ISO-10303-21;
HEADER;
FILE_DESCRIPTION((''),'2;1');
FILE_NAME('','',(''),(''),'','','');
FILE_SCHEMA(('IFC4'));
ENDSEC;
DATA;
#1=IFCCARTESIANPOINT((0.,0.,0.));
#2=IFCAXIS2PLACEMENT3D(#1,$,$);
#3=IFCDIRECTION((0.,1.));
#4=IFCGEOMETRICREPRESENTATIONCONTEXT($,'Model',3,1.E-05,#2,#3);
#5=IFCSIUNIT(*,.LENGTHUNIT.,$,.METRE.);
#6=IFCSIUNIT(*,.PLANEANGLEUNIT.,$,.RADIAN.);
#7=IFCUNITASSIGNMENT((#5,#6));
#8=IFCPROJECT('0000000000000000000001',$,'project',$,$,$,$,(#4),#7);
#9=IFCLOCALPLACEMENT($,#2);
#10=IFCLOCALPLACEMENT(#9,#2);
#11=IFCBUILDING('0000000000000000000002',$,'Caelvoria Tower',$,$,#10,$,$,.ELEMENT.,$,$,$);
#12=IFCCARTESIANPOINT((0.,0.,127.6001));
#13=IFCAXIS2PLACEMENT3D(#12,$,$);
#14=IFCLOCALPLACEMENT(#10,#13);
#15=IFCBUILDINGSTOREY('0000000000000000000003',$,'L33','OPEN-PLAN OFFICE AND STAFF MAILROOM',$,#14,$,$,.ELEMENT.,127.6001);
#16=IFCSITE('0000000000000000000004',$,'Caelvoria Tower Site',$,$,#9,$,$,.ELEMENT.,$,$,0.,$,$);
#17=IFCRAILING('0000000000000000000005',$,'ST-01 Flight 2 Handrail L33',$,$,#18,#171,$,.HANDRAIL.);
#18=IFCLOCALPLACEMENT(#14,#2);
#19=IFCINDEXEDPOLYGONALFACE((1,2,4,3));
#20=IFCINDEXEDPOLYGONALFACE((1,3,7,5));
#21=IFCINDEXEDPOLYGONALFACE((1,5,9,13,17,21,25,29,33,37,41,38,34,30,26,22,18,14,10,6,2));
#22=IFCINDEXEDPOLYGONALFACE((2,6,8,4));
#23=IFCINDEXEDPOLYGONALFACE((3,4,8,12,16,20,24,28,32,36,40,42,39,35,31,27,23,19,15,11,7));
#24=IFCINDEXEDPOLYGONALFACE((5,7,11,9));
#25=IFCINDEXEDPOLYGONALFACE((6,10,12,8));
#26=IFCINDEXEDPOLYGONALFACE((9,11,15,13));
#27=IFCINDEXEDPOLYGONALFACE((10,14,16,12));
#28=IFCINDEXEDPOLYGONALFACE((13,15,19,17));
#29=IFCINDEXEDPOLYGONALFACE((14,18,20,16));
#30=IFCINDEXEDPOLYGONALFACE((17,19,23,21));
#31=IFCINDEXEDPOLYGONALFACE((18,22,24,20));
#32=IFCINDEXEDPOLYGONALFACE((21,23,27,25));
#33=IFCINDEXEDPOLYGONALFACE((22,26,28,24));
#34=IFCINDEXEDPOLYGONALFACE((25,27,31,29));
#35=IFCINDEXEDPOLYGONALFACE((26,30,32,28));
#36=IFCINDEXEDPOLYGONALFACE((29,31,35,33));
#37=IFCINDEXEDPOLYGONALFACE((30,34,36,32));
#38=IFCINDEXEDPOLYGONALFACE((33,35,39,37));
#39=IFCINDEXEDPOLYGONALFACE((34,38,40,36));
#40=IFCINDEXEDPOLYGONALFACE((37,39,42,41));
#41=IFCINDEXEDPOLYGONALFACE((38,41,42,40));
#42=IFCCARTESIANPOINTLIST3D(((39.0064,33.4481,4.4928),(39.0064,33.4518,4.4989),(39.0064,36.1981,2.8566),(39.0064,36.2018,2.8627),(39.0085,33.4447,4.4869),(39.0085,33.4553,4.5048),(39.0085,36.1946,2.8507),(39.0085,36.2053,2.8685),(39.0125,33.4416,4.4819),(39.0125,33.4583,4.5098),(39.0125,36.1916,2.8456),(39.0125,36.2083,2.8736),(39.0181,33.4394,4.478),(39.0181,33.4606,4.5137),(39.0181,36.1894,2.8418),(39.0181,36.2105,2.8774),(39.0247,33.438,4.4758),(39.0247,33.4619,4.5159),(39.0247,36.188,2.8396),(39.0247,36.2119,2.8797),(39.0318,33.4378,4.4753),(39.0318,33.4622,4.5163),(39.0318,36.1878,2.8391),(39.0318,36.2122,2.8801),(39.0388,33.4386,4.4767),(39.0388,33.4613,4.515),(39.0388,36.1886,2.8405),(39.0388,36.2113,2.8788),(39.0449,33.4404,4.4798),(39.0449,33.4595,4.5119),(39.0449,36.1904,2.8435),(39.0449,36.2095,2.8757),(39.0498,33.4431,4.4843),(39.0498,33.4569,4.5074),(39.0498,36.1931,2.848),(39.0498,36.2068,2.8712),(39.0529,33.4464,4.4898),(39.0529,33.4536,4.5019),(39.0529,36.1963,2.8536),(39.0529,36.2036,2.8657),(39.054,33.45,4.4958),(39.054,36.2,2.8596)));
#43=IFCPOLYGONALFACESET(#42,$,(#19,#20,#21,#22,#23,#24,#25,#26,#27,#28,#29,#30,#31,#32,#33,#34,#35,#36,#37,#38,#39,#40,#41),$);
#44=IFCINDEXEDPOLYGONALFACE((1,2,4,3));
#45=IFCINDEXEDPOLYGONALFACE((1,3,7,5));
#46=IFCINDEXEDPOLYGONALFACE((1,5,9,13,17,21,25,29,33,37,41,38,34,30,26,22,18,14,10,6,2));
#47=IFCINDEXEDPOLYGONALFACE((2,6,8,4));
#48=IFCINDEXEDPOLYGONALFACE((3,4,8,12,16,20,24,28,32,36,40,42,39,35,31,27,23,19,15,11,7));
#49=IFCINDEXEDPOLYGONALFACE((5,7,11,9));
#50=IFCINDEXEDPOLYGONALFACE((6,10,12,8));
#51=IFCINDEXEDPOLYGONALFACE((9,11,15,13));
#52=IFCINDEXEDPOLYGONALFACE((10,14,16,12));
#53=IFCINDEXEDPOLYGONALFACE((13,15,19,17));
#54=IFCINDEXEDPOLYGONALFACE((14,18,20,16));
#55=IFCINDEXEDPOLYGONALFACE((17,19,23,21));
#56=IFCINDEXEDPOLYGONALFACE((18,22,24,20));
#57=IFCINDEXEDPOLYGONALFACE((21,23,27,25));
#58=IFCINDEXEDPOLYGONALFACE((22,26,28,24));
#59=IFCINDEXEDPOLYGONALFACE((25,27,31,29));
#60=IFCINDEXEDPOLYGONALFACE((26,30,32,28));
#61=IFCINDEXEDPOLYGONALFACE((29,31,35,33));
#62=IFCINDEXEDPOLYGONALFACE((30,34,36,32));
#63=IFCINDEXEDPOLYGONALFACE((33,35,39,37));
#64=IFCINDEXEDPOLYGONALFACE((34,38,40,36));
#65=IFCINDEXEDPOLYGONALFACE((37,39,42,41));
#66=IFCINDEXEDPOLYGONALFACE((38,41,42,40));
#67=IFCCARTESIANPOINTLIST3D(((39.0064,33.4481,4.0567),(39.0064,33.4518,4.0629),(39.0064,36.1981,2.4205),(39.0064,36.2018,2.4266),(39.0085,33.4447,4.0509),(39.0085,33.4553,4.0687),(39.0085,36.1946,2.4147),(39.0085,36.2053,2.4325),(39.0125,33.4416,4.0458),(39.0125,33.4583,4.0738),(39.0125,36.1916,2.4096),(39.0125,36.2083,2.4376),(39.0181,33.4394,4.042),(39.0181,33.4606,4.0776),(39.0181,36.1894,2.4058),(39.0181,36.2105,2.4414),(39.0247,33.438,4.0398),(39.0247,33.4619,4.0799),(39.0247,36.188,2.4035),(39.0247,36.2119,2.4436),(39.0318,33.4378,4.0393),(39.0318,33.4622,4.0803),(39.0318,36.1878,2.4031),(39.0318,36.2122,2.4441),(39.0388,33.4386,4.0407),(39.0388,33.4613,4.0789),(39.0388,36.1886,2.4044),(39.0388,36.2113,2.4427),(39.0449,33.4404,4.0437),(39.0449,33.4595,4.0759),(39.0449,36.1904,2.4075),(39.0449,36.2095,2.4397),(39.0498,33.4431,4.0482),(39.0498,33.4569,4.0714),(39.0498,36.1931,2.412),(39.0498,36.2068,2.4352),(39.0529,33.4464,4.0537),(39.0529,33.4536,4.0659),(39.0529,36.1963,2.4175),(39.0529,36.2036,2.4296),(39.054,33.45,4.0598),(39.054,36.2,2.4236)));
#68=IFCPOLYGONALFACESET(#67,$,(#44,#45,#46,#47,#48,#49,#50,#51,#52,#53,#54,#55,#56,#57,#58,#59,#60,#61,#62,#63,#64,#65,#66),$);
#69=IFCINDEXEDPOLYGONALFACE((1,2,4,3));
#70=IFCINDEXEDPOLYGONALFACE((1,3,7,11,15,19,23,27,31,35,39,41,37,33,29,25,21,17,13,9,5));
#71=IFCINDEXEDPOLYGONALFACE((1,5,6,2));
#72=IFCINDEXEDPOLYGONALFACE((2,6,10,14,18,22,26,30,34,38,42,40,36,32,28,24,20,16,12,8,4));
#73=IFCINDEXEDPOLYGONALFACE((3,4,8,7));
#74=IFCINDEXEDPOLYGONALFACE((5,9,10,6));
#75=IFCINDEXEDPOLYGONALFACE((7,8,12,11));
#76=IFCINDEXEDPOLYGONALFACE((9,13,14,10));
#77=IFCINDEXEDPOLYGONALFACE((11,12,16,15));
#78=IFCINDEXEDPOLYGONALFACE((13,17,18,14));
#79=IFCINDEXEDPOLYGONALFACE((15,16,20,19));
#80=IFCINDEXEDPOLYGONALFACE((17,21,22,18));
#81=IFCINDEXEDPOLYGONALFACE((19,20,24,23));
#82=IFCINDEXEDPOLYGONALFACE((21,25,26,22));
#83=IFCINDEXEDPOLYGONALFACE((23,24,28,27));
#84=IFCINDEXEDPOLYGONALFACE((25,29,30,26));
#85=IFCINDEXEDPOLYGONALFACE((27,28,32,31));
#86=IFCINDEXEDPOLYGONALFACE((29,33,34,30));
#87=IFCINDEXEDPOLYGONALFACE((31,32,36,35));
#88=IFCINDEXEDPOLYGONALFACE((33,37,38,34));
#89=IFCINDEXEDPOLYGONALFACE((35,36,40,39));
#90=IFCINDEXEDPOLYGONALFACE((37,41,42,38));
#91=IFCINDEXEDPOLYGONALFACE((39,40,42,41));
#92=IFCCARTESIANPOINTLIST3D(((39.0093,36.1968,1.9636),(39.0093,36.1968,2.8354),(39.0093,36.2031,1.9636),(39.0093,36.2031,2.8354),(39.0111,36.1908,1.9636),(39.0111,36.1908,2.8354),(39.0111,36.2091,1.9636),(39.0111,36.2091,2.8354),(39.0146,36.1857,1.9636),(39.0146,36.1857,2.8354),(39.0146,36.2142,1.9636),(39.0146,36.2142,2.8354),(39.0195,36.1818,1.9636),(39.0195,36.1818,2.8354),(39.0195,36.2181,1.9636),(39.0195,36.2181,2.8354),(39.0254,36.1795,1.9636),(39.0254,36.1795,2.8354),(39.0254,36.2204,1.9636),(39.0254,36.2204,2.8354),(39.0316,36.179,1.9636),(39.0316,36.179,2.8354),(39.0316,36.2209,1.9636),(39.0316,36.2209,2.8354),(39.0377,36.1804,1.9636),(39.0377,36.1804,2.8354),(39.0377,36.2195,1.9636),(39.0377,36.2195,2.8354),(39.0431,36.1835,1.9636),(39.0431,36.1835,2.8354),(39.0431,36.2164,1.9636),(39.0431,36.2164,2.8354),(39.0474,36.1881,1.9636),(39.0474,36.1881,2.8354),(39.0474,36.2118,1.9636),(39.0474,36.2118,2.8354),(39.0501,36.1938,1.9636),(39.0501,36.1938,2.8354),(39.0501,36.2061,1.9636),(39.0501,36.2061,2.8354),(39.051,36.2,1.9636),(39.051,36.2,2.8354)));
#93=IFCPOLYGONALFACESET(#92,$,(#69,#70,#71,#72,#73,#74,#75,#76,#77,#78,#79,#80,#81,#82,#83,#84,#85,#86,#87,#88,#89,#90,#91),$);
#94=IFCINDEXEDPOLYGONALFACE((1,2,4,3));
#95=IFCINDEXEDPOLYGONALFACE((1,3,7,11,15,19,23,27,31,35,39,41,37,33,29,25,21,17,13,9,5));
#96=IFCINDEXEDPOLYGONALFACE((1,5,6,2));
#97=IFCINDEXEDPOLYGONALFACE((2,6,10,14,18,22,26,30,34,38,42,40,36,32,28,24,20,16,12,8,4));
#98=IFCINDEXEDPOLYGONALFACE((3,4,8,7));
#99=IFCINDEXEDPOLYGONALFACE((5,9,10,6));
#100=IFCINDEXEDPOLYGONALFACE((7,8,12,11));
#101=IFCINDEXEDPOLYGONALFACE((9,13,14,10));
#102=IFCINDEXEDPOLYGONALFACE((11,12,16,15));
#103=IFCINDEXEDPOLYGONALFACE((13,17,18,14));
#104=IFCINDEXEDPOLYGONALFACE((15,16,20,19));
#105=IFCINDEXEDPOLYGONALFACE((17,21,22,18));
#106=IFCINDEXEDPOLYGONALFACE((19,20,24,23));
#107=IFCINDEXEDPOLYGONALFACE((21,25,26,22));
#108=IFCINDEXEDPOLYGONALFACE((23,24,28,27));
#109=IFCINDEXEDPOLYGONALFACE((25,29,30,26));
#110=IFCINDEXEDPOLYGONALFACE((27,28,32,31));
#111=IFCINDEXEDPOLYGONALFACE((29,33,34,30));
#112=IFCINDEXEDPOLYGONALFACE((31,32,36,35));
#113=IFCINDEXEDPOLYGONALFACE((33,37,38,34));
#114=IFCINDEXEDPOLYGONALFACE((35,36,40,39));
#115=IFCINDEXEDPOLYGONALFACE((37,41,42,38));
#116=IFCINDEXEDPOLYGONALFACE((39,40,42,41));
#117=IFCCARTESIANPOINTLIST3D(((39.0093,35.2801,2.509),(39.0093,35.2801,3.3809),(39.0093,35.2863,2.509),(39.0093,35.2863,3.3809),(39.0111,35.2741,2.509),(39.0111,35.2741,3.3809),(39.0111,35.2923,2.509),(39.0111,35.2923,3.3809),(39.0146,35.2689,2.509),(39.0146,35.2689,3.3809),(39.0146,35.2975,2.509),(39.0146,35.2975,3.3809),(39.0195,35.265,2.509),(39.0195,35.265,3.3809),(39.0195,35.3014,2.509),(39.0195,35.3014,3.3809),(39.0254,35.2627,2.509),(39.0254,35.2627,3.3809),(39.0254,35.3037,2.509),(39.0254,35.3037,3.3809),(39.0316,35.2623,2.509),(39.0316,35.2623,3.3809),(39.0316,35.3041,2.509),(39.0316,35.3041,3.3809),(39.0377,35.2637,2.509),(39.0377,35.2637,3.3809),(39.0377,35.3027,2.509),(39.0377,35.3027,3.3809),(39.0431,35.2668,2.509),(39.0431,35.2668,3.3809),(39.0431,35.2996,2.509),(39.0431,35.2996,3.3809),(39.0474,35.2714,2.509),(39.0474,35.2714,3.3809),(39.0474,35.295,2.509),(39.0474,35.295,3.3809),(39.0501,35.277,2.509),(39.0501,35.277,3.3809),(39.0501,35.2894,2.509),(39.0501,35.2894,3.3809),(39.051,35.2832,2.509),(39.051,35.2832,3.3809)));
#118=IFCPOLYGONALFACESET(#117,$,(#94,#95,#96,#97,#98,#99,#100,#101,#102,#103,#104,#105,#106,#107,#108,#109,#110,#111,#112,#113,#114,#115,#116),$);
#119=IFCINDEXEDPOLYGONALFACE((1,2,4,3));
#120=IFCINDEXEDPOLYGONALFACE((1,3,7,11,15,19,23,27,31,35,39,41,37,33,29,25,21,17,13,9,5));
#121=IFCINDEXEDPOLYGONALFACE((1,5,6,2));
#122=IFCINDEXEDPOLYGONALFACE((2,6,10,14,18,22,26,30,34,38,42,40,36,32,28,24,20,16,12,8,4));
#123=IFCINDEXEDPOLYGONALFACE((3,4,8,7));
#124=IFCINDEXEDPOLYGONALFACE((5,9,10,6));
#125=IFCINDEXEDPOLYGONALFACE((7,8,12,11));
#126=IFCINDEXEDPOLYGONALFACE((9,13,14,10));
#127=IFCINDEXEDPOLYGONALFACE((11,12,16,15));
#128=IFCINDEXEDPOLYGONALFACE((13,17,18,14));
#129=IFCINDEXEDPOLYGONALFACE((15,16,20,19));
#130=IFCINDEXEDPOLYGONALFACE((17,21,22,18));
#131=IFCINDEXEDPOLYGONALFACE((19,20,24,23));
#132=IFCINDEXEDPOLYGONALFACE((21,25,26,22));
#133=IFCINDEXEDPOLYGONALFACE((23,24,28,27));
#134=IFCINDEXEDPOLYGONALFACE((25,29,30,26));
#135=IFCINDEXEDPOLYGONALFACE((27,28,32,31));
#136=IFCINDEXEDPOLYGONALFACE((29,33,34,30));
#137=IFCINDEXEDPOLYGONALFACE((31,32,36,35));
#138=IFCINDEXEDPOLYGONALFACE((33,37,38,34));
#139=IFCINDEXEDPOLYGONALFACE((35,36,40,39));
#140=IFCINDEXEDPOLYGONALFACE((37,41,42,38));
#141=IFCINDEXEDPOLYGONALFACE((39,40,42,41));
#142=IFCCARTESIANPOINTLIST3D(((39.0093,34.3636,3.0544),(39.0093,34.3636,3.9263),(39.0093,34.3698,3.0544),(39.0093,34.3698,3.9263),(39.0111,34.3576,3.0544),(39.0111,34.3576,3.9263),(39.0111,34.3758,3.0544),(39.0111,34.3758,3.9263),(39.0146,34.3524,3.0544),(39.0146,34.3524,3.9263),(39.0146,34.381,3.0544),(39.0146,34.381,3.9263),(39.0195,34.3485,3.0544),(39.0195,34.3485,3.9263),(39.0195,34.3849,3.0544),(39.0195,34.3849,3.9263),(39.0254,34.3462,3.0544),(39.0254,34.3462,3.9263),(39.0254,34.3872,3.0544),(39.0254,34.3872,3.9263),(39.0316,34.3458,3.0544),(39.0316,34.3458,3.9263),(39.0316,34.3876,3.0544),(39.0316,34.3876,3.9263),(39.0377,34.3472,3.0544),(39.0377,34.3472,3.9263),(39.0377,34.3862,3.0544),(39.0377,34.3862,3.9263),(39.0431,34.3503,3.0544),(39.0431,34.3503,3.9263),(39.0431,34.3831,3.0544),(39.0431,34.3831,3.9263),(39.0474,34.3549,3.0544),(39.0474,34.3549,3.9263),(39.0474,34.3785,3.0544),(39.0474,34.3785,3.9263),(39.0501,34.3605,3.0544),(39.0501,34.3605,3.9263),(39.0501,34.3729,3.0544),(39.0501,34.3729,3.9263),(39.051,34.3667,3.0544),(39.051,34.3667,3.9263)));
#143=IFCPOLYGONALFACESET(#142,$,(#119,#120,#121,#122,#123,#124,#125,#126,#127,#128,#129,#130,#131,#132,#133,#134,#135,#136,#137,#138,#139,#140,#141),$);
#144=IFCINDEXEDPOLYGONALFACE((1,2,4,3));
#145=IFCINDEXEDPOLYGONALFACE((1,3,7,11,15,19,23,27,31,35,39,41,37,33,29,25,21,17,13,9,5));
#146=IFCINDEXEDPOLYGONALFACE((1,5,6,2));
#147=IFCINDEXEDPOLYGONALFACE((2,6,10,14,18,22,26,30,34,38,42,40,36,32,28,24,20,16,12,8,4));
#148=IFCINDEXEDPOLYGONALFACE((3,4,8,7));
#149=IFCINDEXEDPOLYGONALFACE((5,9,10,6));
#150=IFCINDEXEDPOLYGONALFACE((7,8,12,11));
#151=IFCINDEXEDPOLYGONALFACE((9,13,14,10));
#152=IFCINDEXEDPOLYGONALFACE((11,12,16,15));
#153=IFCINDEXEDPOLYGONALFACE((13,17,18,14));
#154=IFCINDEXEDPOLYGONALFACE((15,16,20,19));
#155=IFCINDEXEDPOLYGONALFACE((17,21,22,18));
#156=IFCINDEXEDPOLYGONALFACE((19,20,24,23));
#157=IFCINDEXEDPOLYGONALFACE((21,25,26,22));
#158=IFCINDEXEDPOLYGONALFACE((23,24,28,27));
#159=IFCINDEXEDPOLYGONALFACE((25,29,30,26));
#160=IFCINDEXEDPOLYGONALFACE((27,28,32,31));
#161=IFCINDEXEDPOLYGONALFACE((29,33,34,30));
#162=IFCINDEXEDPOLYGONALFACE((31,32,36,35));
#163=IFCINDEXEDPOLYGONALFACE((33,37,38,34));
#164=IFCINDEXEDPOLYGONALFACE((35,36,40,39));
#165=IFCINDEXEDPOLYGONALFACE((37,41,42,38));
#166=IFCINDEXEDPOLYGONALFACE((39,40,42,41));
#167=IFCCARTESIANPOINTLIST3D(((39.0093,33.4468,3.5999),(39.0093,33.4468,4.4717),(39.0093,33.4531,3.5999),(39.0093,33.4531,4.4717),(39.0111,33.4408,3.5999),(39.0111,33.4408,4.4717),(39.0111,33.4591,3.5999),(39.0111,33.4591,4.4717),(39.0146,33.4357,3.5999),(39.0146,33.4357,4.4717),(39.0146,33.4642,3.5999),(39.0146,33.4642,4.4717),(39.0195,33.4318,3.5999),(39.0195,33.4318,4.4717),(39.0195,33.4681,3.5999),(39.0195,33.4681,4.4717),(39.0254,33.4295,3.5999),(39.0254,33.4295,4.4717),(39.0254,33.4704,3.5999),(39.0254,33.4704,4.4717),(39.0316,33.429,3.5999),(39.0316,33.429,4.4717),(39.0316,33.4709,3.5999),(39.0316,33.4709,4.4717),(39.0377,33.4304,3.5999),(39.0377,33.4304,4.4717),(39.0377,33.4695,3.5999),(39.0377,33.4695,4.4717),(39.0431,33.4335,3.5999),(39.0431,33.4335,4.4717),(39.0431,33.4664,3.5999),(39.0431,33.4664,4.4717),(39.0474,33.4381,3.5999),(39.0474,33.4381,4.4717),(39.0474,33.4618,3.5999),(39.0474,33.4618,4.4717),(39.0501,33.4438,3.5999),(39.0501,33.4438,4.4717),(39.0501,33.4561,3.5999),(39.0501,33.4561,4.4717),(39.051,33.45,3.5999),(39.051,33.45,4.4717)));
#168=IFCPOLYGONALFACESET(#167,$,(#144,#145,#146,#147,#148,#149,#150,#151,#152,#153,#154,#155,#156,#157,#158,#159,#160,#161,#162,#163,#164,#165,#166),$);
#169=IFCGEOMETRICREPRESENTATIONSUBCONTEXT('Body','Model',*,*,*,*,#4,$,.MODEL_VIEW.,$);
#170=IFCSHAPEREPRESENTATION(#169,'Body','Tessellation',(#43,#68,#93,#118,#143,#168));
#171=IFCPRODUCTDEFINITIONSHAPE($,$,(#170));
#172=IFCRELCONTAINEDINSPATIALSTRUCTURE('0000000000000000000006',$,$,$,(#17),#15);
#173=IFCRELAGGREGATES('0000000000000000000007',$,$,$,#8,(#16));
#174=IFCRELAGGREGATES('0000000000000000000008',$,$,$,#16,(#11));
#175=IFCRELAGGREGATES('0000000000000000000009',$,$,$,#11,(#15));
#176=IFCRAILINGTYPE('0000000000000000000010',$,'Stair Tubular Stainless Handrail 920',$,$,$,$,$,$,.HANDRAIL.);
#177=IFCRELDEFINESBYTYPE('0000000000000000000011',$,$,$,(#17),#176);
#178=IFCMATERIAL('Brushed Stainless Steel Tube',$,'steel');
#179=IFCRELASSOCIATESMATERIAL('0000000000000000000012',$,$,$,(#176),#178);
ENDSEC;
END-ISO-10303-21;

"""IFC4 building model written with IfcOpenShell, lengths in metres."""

from ifc_helpers import new_model, si_unit, direction, frame, origin, origin_2d, place, context, subcontext, project, spatial, circle, extrude, material, type_object, element, save


model = new_model("IFC4")

# Units and contexts
model_context = context("Model", 3, precision=1e-05, world=origin(), true_north=direction((0.0, 1.0)))
body_context = subcontext(model_context, "Body", "Model", "MODEL_VIEW")
ifc_project = project(units=[si_unit("LENGTHUNIT", "METRE"), si_unit("PLANEANGLEUNIT", "RADIAN")], contexts=[model_context])

# Site, building, storey
site_placement = place(None, origin())
site = spatial("IfcSite", under=ifc_project, at=site_placement, Name="Caelvoria Tower Site", CompositionType="ELEMENT", RefElevation=0.0)
building_placement = place(site_placement, origin())
building = spatial("IfcBuilding", under=site, at=building_placement, Name="Caelvoria Tower", CompositionType="ELEMENT")
storey_placement = place(building_placement, frame((0.0, 0.0, 127.6001)))
storey = spatial("IfcBuildingStorey", under=building, at=storey_placement, Name="L33", Description="OPEN-PLAN OFFICE AND STAFF MAILROOM", CompositionType="ELEMENT", Elevation=127.6001)

# Railing
ifc_material_1 = material(Name="Brushed Stainless Steel Tube", Category="steel")
railing_type_1 = type_object("IfcRailingType", Name="Stair Tubular Stainless Handrail 920", PredefinedType="HANDRAIL", material=ifc_material_1)
railing_1_placement = place(storey_placement, frame((39.03, 36.2, 1.9636)))
element("IfcRailing", 1, at=railing_1_placement, inside=storey, type_object=railing_type_1, Name="ST-01 Flight 2 Handrail L33", PredefinedType="HANDRAIL", context=body_context, shape_type="SweptSolid", body=[
    extrude(circle(Radius=0.0239, at=origin_2d()), frame((0.0, 0.0, 0.896), z_axis=(0.0, -0.859385, 0.511328), x_axis=(1.0, 0.0, 0.0)), (0.0, 0.0, 1.0), 3.2),
    extrude(circle(Radius=0.0239, at=origin_2d()), frame((0.0, 0.0, 0.46), z_axis=(0.0, -0.859385, 0.511328), x_axis=(1.0, 0.0, 0.0)), (0.0, 0.0, 1.0), 3.2),
    extrude(circle(Radius=0.021, at=origin_2d()), origin(), (0.0, 0.0, 1.0), 0.8718),
    extrude(circle(Radius=0.021, at=origin_2d()), frame((0.0, -0.9167, 0.5454)), (0.0, 0.0, 1.0), 0.8718),
    extrude(circle(Radius=0.021, at=origin_2d()), frame((0.0, -1.8333, 1.0908)), (0.0, 0.0, 1.0), 0.8718),
    extrude(circle(Radius=0.021, at=origin_2d()), frame((0.0, -2.75, 1.6362)), (0.0, 0.0, 1.0), 0.8718),
])

save(model, "model.ifc")
